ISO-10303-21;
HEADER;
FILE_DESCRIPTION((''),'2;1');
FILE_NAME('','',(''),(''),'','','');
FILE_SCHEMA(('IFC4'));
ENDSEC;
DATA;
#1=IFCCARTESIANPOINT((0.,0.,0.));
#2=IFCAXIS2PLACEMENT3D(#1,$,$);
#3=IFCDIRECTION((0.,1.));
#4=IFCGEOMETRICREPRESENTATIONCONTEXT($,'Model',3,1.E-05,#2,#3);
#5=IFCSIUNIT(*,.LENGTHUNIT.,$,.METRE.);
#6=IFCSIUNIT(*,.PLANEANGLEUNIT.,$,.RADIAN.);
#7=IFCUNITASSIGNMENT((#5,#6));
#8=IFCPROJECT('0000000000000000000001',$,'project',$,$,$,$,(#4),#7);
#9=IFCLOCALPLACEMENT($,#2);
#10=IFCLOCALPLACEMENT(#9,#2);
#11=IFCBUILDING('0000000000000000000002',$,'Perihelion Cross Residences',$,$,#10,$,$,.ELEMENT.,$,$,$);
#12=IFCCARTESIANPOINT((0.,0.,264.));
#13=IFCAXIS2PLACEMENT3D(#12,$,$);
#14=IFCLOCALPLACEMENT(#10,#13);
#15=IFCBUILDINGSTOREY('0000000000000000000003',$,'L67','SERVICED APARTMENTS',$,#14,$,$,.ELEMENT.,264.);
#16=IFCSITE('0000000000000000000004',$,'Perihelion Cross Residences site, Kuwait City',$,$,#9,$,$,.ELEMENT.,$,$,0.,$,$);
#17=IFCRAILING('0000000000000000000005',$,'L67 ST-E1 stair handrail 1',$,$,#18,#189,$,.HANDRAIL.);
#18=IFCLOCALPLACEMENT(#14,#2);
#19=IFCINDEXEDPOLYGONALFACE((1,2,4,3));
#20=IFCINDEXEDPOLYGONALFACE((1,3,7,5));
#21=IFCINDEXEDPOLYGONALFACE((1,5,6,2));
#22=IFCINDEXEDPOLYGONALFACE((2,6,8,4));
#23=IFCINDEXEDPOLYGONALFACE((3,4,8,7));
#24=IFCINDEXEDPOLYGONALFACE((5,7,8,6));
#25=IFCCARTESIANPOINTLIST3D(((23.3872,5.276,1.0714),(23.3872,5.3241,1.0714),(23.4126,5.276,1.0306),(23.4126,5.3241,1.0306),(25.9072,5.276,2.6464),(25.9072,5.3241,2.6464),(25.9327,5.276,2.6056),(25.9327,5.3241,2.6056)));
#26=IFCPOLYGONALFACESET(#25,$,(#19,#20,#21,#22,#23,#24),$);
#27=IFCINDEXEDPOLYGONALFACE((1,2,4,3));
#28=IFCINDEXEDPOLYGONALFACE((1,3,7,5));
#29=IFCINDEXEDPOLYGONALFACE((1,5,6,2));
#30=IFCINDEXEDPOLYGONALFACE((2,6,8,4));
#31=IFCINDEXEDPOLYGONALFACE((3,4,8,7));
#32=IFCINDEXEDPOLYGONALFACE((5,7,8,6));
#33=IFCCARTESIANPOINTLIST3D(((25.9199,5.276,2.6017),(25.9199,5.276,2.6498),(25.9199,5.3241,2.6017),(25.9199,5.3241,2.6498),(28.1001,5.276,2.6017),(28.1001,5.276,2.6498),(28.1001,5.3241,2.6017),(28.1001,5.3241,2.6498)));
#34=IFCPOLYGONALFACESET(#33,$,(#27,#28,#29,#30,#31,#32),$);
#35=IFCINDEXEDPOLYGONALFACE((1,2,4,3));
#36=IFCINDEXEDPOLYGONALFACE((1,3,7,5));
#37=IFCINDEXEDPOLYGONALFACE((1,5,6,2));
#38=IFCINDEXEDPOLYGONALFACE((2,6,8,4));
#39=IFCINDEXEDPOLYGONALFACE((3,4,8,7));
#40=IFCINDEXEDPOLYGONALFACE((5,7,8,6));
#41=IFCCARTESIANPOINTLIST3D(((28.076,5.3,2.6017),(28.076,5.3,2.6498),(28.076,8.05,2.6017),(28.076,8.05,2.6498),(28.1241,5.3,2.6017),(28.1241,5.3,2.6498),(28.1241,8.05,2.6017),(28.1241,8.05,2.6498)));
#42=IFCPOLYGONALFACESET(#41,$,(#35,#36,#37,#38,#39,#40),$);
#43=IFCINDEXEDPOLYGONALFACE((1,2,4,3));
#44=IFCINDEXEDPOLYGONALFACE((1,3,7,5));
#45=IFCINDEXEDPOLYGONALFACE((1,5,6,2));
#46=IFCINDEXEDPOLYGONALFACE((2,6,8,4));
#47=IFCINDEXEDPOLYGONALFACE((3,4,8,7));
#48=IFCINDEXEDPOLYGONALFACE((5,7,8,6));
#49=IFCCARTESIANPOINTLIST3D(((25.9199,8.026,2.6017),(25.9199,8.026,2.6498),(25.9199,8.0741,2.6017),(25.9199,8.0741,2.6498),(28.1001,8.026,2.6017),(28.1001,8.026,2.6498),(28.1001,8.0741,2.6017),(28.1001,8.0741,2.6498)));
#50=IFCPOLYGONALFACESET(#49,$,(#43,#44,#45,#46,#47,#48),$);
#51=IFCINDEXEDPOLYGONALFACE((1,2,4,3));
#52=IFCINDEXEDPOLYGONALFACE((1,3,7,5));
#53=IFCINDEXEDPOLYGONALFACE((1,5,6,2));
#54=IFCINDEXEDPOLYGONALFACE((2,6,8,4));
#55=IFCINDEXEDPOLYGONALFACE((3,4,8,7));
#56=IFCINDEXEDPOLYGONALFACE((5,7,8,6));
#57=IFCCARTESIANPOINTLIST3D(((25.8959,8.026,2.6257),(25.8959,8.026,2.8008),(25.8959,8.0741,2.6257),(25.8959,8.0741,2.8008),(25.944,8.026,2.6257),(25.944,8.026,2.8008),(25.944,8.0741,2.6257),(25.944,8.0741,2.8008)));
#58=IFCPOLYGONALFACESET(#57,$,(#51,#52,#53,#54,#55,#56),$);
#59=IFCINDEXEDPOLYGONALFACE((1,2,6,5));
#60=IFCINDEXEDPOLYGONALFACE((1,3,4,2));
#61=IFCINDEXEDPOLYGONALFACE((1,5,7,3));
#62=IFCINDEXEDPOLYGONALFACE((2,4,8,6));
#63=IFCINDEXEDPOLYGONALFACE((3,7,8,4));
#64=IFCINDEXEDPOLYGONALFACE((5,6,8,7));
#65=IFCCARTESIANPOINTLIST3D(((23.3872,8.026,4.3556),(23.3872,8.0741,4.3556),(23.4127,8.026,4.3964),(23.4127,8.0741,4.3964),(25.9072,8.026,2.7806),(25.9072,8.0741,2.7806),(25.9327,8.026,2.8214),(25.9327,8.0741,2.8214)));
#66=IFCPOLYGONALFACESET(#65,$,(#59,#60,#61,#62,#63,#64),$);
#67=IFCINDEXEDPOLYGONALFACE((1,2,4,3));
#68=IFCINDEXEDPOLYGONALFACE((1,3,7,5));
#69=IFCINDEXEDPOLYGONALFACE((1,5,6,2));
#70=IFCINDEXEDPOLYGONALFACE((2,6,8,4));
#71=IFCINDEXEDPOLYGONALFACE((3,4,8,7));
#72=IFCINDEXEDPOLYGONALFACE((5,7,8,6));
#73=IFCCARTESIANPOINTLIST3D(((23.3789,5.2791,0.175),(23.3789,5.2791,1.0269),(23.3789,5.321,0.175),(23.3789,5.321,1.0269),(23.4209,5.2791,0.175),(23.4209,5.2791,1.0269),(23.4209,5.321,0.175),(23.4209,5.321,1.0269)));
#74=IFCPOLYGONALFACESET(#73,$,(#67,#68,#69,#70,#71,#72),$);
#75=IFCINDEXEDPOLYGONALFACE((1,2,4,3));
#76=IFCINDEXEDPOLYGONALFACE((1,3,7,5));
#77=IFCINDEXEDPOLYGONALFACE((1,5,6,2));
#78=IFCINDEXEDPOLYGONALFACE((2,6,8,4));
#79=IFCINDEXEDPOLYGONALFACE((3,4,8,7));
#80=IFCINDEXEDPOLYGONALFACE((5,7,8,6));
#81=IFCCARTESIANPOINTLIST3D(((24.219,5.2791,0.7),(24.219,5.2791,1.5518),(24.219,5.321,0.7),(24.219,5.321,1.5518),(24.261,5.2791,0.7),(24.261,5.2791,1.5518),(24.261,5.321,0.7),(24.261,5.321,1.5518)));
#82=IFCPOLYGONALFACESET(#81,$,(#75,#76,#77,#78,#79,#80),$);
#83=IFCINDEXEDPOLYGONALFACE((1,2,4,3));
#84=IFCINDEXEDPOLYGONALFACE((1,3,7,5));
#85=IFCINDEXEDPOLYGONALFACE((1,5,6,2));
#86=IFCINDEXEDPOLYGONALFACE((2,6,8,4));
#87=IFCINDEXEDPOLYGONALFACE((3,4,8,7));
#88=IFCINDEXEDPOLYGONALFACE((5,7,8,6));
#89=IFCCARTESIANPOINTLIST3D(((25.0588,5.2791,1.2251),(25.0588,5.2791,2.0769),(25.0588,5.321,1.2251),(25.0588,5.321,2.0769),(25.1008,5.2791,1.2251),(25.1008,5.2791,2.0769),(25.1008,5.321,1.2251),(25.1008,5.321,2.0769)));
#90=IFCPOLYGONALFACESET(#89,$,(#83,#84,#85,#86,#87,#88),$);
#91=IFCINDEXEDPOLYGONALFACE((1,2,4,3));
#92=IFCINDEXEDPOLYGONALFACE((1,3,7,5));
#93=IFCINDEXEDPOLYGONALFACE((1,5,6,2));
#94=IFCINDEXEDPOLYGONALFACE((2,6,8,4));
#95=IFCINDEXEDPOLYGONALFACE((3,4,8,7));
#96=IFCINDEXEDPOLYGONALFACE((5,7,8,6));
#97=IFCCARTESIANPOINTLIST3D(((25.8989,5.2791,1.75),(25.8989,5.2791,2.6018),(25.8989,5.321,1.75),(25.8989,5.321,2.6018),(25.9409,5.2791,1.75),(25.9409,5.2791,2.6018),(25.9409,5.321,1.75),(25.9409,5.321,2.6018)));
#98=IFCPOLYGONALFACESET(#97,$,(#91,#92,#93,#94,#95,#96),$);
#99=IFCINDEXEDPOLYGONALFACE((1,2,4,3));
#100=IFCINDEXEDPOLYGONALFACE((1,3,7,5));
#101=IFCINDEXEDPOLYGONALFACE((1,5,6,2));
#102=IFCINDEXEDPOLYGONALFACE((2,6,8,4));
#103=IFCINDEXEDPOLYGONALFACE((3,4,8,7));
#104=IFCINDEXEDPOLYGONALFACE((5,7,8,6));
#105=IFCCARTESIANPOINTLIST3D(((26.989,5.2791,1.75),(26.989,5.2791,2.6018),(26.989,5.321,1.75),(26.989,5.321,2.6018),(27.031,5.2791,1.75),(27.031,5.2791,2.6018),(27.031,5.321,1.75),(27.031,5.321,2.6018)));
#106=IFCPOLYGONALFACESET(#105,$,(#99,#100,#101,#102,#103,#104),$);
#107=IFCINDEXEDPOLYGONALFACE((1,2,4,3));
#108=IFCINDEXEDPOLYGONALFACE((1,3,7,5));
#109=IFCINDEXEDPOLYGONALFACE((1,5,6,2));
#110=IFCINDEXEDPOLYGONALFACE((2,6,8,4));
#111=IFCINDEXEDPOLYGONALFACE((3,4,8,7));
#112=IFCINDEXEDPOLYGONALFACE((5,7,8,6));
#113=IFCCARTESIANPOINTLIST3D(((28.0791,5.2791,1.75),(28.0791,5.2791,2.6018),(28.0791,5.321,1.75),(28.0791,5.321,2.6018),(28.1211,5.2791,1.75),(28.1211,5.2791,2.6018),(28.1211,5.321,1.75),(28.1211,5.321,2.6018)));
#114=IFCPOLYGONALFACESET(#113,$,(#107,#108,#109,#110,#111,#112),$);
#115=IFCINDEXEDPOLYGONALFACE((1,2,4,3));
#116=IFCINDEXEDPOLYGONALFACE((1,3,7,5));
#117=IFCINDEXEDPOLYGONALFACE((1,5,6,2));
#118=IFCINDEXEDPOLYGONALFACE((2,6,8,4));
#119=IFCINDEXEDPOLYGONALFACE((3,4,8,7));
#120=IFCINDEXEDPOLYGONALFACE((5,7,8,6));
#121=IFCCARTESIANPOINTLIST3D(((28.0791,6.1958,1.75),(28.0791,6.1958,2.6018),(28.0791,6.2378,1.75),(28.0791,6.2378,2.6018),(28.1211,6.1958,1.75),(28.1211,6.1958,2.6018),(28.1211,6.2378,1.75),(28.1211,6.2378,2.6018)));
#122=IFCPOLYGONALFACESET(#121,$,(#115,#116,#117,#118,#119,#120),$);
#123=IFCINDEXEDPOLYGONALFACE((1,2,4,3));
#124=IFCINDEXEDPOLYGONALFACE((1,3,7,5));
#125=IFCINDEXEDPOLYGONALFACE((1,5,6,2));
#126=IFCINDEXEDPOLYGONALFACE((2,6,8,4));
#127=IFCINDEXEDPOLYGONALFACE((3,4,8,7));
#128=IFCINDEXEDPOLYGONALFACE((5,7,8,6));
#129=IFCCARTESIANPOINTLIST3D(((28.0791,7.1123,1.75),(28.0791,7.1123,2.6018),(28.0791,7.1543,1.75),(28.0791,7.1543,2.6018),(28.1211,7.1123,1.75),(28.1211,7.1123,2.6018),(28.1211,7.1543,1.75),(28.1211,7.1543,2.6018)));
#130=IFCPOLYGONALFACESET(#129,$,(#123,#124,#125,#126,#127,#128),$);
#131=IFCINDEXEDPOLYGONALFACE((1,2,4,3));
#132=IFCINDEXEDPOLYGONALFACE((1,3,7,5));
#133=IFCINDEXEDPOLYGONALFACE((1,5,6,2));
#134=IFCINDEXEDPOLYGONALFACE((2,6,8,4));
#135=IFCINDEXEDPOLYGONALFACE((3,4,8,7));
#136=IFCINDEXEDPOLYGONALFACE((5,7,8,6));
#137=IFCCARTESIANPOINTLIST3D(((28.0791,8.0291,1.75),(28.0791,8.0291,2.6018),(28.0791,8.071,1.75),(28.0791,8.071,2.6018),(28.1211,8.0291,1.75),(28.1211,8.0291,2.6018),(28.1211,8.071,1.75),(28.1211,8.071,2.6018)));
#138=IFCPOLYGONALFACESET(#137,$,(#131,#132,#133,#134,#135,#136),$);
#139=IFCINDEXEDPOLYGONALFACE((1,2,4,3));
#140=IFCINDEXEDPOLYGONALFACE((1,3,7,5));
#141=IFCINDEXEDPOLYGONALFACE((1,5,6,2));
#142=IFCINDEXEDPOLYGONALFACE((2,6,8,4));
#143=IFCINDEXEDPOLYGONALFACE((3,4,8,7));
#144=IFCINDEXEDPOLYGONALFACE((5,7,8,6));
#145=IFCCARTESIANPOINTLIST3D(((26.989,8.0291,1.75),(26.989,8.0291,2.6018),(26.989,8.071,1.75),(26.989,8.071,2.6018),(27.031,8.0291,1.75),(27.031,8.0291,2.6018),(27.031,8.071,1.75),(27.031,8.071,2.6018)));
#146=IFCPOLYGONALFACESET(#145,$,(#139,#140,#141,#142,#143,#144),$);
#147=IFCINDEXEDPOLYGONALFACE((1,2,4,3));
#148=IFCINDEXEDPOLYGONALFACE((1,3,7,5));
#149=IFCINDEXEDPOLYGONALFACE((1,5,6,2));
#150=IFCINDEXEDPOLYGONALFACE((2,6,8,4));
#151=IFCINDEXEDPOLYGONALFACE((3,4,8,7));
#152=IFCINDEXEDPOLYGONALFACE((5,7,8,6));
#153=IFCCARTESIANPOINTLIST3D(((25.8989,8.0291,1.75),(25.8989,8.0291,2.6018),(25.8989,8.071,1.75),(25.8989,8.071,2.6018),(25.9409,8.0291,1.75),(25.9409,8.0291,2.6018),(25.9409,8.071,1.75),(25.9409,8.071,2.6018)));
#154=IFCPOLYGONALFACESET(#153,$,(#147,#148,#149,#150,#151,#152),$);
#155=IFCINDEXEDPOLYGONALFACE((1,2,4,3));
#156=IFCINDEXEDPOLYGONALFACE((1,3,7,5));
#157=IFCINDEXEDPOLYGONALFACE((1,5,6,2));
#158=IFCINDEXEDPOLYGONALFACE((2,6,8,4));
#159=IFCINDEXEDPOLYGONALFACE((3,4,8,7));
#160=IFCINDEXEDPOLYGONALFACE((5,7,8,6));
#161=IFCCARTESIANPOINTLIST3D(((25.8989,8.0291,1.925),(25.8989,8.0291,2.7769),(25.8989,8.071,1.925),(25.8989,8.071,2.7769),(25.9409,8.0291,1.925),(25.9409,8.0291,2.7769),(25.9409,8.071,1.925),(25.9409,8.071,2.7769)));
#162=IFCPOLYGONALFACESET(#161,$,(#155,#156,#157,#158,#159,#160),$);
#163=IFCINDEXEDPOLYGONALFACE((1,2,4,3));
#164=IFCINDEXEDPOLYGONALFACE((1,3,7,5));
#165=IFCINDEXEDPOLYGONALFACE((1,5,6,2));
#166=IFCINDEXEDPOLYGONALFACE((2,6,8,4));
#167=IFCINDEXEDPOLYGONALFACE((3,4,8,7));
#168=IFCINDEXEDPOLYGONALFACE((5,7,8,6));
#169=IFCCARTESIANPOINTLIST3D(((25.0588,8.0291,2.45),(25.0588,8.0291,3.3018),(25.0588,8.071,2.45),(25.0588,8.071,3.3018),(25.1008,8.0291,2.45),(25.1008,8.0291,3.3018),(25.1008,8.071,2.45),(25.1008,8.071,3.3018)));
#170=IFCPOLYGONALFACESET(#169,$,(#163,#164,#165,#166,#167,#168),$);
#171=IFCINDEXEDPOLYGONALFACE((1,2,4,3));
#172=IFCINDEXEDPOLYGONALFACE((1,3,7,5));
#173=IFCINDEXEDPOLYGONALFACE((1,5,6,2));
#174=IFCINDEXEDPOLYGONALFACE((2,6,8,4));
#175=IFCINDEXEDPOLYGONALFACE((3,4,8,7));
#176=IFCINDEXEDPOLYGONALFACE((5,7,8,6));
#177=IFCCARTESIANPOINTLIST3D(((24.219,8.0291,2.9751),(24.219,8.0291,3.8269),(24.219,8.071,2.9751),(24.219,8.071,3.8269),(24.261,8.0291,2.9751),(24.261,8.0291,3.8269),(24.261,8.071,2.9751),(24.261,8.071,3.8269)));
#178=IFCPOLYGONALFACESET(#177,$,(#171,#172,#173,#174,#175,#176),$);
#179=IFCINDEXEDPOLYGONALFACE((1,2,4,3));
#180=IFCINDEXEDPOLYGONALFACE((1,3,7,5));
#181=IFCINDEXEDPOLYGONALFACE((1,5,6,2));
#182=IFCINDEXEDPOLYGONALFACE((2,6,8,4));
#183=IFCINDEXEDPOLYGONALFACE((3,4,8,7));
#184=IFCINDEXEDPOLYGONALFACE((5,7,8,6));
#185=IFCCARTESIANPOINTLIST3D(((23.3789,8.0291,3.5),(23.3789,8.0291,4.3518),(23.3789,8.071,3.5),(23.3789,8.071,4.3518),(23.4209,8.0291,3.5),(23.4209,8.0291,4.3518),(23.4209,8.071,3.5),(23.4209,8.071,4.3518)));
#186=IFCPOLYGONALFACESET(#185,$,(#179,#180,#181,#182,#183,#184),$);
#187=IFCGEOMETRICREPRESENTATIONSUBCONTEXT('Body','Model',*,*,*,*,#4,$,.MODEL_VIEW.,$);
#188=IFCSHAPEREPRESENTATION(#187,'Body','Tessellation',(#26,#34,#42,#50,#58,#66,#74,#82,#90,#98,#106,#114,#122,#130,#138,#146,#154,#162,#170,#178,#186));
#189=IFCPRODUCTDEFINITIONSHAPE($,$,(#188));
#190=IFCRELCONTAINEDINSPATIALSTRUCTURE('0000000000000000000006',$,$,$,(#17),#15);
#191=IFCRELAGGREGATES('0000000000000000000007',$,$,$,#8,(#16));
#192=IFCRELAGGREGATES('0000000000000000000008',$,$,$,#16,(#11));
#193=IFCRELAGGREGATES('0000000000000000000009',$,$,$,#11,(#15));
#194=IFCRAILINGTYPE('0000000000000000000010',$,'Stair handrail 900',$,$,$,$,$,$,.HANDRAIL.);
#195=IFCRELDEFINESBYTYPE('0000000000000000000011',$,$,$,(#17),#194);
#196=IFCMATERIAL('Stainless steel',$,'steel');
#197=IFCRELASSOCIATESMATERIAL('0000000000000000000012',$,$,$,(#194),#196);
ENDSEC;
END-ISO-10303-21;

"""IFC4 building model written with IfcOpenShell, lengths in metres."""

from ifc_helpers import new_model, si_unit, direction, frame, origin, origin_2d, place, context, subcontext, project, spatial, rectangle, extrude, material, type_object, element, save


model = new_model("IFC4")

# Units and contexts
model_context = context("Model", 3, precision=1e-05, world=origin(), true_north=direction((0.0, 1.0)))
body_context = subcontext(model_context, "Body", "Model", "MODEL_VIEW")
ifc_project = project(units=[si_unit("LENGTHUNIT", "METRE"), si_unit("PLANEANGLEUNIT", "RADIAN")], contexts=[model_context])

# Site, building, storey
site_placement = place(None, origin())
site = spatial("IfcSite", under=ifc_project, at=site_placement, Name="Perihelion Cross Residences site, Kuwait City", CompositionType="ELEMENT", RefElevation=0.0)
building_placement = place(site_placement, origin())
building = spatial("IfcBuilding", under=site, at=building_placement, Name="Perihelion Cross Residences", CompositionType="ELEMENT")
storey_placement = place(building_placement, frame((0.0, 0.0, 264.0)))
storey = spatial("IfcBuildingStorey", under=building, at=storey_placement, Name="L67", Description="SERVICED APARTMENTS", CompositionType="ELEMENT", Elevation=264.0)

# Railing
ifc_material_1 = material(Name="Stainless steel", Category="steel")
railing_type_1 = type_object("IfcRailingType", Name="Stair handrail 900", PredefinedType="HANDRAIL", material=ifc_material_1)
railing_1_placement = place(storey_placement, frame((23.3999, 5.3, 0.175)))
element("IfcRailing", 1, at=railing_1_placement, inside=storey, type_object=railing_type_1, Name="L67 ST-E1 stair handrail 1", PredefinedType="HANDRAIL", context=body_context, shape_type="SweptSolid", body=[
    extrude(rectangle(XDim=0.0481, YDim=0.0481, at=origin_2d()), frame((0.0, 0.0, 0.876), z_axis=(0.848008, 0.0, 0.529984), x_axis=(0.0, 1.0, 0.0)), (0.0, 0.0, 1.0), 2.9717),
    extrude(rectangle(XDim=0.0481, YDim=0.0481, at=origin_2d()), frame((2.52, 0.0, 2.4507), z_axis=(1.0, 0.0, 0.0), x_axis=(0.0, 1.0, 0.0)), (0.0, 0.0, 1.0), 2.1802),
    extrude(rectangle(XDim=0.0481, YDim=0.0481, at=origin_2d()), frame((4.7002, 0.0, 2.4507), z_axis=(0.0, 1.0, 0.0), x_axis=(-1.0, 0.0, 0.0)), (0.0, 0.0, 1.0), 2.75),
    extrude(rectangle(XDim=0.0481, YDim=0.0481, at=origin_2d()), frame((4.7002, 2.75, 2.4507), z_axis=(-1.0, 0.0, 0.0), x_axis=(0.0, -1.0, 0.0)), (0.0, 0.0, 1.0), 2.1802),
    extrude(rectangle(XDim=0.0481, YDim=0.0481, at=origin_2d()), frame((2.52, 2.75, 2.4507), z_axis=(0.0, 0.0, 1.0), x_axis=(1.0, 0.0, 0.0)), (0.0, 0.0, 1.0), 0.175),
    extrude(rectangle(XDim=0.0481, YDim=0.0481, at=origin_2d()), frame((2.52, 2.75, 2.626), z_axis=(-0.848008, 0.0, 0.529984), x_axis=(0.0, -1.0, 0.0)), (0.0, 0.0, 1.0), 2.9717),
    extrude(rectangle(XDim=0.042, YDim=0.042, at=origin_2d()), origin(), (0.0, 0.0, 1.0), 0.8518),
    extrude(rectangle(XDim=0.042, YDim=0.042, at=origin_2d()), frame((0.8401, 0.0, 0.5249)), (0.0, 0.0, 1.0), 0.8518),
    extrude(rectangle(XDim=0.042, YDim=0.042, at=origin_2d()), frame((1.6799, 0.0, 1.05)), (0.0, 0.0, 1.0), 0.8518),
    extrude(rectangle(XDim=0.042, YDim=0.042, at=origin_2d()), frame((2.52, 0.0, 1.575)), (0.0, 0.0, 1.0), 0.8518),
    extrude(rectangle(XDim=0.042, YDim=0.042, at=origin_2d()), frame((3.6101, 0.0, 1.575)), (0.0, 0.0, 1.0), 0.8518),
    extrude(rectangle(XDim=0.042, YDim=0.042, at=origin_2d()), frame((4.7002, 0.0, 1.575)), (0.0, 0.0, 1.0), 0.8518),
    extrude(rectangle(XDim=0.042, YDim=0.042, at=origin_2d()), frame((4.7002, 0.9167, 1.575)), (0.0, 0.0, 1.0), 0.8518),
    extrude(rectangle(XDim=0.042, YDim=0.042, at=origin_2d()), frame((4.7002, 1.8333, 1.575)), (0.0, 0.0, 1.0), 0.8518),
    extrude(rectangle(XDim=0.042, YDim=0.042, at=origin_2d()), frame((4.7002, 2.75, 1.575)), (0.0, 0.0, 1.0), 0.8518),
    extrude(rectangle(XDim=0.042, YDim=0.042, at=origin_2d()), frame((3.6101, 2.75, 1.575)), (0.0, 0.0, 1.0), 0.8518),
    extrude(rectangle(XDim=0.042, YDim=0.042, at=origin_2d()), frame((2.52, 2.75, 1.575)), (0.0, 0.0, 1.0), 0.8518),
    extrude(rectangle(XDim=0.042, YDim=0.042, at=origin_2d()), frame((2.52, 2.75, 1.75)), (0.0, 0.0, 1.0), 0.8518),
    extrude(rectangle(XDim=0.042, YDim=0.042, at=origin_2d()), frame((1.6799, 2.75, 2.2749)), (0.0, 0.0, 1.0), 0.8518),
    extrude(rectangle(XDim=0.042, YDim=0.042, at=origin_2d()), frame((0.8401, 2.75, 2.8)), (0.0, 0.0, 1.0), 0.8518),
    extrude(rectangle(XDim=0.042, YDim=0.042, at=origin_2d()), frame((0.0, 2.75, 3.325)), (0.0, 0.0, 1.0), 0.8518),
])

save(model, "model.ifc")
